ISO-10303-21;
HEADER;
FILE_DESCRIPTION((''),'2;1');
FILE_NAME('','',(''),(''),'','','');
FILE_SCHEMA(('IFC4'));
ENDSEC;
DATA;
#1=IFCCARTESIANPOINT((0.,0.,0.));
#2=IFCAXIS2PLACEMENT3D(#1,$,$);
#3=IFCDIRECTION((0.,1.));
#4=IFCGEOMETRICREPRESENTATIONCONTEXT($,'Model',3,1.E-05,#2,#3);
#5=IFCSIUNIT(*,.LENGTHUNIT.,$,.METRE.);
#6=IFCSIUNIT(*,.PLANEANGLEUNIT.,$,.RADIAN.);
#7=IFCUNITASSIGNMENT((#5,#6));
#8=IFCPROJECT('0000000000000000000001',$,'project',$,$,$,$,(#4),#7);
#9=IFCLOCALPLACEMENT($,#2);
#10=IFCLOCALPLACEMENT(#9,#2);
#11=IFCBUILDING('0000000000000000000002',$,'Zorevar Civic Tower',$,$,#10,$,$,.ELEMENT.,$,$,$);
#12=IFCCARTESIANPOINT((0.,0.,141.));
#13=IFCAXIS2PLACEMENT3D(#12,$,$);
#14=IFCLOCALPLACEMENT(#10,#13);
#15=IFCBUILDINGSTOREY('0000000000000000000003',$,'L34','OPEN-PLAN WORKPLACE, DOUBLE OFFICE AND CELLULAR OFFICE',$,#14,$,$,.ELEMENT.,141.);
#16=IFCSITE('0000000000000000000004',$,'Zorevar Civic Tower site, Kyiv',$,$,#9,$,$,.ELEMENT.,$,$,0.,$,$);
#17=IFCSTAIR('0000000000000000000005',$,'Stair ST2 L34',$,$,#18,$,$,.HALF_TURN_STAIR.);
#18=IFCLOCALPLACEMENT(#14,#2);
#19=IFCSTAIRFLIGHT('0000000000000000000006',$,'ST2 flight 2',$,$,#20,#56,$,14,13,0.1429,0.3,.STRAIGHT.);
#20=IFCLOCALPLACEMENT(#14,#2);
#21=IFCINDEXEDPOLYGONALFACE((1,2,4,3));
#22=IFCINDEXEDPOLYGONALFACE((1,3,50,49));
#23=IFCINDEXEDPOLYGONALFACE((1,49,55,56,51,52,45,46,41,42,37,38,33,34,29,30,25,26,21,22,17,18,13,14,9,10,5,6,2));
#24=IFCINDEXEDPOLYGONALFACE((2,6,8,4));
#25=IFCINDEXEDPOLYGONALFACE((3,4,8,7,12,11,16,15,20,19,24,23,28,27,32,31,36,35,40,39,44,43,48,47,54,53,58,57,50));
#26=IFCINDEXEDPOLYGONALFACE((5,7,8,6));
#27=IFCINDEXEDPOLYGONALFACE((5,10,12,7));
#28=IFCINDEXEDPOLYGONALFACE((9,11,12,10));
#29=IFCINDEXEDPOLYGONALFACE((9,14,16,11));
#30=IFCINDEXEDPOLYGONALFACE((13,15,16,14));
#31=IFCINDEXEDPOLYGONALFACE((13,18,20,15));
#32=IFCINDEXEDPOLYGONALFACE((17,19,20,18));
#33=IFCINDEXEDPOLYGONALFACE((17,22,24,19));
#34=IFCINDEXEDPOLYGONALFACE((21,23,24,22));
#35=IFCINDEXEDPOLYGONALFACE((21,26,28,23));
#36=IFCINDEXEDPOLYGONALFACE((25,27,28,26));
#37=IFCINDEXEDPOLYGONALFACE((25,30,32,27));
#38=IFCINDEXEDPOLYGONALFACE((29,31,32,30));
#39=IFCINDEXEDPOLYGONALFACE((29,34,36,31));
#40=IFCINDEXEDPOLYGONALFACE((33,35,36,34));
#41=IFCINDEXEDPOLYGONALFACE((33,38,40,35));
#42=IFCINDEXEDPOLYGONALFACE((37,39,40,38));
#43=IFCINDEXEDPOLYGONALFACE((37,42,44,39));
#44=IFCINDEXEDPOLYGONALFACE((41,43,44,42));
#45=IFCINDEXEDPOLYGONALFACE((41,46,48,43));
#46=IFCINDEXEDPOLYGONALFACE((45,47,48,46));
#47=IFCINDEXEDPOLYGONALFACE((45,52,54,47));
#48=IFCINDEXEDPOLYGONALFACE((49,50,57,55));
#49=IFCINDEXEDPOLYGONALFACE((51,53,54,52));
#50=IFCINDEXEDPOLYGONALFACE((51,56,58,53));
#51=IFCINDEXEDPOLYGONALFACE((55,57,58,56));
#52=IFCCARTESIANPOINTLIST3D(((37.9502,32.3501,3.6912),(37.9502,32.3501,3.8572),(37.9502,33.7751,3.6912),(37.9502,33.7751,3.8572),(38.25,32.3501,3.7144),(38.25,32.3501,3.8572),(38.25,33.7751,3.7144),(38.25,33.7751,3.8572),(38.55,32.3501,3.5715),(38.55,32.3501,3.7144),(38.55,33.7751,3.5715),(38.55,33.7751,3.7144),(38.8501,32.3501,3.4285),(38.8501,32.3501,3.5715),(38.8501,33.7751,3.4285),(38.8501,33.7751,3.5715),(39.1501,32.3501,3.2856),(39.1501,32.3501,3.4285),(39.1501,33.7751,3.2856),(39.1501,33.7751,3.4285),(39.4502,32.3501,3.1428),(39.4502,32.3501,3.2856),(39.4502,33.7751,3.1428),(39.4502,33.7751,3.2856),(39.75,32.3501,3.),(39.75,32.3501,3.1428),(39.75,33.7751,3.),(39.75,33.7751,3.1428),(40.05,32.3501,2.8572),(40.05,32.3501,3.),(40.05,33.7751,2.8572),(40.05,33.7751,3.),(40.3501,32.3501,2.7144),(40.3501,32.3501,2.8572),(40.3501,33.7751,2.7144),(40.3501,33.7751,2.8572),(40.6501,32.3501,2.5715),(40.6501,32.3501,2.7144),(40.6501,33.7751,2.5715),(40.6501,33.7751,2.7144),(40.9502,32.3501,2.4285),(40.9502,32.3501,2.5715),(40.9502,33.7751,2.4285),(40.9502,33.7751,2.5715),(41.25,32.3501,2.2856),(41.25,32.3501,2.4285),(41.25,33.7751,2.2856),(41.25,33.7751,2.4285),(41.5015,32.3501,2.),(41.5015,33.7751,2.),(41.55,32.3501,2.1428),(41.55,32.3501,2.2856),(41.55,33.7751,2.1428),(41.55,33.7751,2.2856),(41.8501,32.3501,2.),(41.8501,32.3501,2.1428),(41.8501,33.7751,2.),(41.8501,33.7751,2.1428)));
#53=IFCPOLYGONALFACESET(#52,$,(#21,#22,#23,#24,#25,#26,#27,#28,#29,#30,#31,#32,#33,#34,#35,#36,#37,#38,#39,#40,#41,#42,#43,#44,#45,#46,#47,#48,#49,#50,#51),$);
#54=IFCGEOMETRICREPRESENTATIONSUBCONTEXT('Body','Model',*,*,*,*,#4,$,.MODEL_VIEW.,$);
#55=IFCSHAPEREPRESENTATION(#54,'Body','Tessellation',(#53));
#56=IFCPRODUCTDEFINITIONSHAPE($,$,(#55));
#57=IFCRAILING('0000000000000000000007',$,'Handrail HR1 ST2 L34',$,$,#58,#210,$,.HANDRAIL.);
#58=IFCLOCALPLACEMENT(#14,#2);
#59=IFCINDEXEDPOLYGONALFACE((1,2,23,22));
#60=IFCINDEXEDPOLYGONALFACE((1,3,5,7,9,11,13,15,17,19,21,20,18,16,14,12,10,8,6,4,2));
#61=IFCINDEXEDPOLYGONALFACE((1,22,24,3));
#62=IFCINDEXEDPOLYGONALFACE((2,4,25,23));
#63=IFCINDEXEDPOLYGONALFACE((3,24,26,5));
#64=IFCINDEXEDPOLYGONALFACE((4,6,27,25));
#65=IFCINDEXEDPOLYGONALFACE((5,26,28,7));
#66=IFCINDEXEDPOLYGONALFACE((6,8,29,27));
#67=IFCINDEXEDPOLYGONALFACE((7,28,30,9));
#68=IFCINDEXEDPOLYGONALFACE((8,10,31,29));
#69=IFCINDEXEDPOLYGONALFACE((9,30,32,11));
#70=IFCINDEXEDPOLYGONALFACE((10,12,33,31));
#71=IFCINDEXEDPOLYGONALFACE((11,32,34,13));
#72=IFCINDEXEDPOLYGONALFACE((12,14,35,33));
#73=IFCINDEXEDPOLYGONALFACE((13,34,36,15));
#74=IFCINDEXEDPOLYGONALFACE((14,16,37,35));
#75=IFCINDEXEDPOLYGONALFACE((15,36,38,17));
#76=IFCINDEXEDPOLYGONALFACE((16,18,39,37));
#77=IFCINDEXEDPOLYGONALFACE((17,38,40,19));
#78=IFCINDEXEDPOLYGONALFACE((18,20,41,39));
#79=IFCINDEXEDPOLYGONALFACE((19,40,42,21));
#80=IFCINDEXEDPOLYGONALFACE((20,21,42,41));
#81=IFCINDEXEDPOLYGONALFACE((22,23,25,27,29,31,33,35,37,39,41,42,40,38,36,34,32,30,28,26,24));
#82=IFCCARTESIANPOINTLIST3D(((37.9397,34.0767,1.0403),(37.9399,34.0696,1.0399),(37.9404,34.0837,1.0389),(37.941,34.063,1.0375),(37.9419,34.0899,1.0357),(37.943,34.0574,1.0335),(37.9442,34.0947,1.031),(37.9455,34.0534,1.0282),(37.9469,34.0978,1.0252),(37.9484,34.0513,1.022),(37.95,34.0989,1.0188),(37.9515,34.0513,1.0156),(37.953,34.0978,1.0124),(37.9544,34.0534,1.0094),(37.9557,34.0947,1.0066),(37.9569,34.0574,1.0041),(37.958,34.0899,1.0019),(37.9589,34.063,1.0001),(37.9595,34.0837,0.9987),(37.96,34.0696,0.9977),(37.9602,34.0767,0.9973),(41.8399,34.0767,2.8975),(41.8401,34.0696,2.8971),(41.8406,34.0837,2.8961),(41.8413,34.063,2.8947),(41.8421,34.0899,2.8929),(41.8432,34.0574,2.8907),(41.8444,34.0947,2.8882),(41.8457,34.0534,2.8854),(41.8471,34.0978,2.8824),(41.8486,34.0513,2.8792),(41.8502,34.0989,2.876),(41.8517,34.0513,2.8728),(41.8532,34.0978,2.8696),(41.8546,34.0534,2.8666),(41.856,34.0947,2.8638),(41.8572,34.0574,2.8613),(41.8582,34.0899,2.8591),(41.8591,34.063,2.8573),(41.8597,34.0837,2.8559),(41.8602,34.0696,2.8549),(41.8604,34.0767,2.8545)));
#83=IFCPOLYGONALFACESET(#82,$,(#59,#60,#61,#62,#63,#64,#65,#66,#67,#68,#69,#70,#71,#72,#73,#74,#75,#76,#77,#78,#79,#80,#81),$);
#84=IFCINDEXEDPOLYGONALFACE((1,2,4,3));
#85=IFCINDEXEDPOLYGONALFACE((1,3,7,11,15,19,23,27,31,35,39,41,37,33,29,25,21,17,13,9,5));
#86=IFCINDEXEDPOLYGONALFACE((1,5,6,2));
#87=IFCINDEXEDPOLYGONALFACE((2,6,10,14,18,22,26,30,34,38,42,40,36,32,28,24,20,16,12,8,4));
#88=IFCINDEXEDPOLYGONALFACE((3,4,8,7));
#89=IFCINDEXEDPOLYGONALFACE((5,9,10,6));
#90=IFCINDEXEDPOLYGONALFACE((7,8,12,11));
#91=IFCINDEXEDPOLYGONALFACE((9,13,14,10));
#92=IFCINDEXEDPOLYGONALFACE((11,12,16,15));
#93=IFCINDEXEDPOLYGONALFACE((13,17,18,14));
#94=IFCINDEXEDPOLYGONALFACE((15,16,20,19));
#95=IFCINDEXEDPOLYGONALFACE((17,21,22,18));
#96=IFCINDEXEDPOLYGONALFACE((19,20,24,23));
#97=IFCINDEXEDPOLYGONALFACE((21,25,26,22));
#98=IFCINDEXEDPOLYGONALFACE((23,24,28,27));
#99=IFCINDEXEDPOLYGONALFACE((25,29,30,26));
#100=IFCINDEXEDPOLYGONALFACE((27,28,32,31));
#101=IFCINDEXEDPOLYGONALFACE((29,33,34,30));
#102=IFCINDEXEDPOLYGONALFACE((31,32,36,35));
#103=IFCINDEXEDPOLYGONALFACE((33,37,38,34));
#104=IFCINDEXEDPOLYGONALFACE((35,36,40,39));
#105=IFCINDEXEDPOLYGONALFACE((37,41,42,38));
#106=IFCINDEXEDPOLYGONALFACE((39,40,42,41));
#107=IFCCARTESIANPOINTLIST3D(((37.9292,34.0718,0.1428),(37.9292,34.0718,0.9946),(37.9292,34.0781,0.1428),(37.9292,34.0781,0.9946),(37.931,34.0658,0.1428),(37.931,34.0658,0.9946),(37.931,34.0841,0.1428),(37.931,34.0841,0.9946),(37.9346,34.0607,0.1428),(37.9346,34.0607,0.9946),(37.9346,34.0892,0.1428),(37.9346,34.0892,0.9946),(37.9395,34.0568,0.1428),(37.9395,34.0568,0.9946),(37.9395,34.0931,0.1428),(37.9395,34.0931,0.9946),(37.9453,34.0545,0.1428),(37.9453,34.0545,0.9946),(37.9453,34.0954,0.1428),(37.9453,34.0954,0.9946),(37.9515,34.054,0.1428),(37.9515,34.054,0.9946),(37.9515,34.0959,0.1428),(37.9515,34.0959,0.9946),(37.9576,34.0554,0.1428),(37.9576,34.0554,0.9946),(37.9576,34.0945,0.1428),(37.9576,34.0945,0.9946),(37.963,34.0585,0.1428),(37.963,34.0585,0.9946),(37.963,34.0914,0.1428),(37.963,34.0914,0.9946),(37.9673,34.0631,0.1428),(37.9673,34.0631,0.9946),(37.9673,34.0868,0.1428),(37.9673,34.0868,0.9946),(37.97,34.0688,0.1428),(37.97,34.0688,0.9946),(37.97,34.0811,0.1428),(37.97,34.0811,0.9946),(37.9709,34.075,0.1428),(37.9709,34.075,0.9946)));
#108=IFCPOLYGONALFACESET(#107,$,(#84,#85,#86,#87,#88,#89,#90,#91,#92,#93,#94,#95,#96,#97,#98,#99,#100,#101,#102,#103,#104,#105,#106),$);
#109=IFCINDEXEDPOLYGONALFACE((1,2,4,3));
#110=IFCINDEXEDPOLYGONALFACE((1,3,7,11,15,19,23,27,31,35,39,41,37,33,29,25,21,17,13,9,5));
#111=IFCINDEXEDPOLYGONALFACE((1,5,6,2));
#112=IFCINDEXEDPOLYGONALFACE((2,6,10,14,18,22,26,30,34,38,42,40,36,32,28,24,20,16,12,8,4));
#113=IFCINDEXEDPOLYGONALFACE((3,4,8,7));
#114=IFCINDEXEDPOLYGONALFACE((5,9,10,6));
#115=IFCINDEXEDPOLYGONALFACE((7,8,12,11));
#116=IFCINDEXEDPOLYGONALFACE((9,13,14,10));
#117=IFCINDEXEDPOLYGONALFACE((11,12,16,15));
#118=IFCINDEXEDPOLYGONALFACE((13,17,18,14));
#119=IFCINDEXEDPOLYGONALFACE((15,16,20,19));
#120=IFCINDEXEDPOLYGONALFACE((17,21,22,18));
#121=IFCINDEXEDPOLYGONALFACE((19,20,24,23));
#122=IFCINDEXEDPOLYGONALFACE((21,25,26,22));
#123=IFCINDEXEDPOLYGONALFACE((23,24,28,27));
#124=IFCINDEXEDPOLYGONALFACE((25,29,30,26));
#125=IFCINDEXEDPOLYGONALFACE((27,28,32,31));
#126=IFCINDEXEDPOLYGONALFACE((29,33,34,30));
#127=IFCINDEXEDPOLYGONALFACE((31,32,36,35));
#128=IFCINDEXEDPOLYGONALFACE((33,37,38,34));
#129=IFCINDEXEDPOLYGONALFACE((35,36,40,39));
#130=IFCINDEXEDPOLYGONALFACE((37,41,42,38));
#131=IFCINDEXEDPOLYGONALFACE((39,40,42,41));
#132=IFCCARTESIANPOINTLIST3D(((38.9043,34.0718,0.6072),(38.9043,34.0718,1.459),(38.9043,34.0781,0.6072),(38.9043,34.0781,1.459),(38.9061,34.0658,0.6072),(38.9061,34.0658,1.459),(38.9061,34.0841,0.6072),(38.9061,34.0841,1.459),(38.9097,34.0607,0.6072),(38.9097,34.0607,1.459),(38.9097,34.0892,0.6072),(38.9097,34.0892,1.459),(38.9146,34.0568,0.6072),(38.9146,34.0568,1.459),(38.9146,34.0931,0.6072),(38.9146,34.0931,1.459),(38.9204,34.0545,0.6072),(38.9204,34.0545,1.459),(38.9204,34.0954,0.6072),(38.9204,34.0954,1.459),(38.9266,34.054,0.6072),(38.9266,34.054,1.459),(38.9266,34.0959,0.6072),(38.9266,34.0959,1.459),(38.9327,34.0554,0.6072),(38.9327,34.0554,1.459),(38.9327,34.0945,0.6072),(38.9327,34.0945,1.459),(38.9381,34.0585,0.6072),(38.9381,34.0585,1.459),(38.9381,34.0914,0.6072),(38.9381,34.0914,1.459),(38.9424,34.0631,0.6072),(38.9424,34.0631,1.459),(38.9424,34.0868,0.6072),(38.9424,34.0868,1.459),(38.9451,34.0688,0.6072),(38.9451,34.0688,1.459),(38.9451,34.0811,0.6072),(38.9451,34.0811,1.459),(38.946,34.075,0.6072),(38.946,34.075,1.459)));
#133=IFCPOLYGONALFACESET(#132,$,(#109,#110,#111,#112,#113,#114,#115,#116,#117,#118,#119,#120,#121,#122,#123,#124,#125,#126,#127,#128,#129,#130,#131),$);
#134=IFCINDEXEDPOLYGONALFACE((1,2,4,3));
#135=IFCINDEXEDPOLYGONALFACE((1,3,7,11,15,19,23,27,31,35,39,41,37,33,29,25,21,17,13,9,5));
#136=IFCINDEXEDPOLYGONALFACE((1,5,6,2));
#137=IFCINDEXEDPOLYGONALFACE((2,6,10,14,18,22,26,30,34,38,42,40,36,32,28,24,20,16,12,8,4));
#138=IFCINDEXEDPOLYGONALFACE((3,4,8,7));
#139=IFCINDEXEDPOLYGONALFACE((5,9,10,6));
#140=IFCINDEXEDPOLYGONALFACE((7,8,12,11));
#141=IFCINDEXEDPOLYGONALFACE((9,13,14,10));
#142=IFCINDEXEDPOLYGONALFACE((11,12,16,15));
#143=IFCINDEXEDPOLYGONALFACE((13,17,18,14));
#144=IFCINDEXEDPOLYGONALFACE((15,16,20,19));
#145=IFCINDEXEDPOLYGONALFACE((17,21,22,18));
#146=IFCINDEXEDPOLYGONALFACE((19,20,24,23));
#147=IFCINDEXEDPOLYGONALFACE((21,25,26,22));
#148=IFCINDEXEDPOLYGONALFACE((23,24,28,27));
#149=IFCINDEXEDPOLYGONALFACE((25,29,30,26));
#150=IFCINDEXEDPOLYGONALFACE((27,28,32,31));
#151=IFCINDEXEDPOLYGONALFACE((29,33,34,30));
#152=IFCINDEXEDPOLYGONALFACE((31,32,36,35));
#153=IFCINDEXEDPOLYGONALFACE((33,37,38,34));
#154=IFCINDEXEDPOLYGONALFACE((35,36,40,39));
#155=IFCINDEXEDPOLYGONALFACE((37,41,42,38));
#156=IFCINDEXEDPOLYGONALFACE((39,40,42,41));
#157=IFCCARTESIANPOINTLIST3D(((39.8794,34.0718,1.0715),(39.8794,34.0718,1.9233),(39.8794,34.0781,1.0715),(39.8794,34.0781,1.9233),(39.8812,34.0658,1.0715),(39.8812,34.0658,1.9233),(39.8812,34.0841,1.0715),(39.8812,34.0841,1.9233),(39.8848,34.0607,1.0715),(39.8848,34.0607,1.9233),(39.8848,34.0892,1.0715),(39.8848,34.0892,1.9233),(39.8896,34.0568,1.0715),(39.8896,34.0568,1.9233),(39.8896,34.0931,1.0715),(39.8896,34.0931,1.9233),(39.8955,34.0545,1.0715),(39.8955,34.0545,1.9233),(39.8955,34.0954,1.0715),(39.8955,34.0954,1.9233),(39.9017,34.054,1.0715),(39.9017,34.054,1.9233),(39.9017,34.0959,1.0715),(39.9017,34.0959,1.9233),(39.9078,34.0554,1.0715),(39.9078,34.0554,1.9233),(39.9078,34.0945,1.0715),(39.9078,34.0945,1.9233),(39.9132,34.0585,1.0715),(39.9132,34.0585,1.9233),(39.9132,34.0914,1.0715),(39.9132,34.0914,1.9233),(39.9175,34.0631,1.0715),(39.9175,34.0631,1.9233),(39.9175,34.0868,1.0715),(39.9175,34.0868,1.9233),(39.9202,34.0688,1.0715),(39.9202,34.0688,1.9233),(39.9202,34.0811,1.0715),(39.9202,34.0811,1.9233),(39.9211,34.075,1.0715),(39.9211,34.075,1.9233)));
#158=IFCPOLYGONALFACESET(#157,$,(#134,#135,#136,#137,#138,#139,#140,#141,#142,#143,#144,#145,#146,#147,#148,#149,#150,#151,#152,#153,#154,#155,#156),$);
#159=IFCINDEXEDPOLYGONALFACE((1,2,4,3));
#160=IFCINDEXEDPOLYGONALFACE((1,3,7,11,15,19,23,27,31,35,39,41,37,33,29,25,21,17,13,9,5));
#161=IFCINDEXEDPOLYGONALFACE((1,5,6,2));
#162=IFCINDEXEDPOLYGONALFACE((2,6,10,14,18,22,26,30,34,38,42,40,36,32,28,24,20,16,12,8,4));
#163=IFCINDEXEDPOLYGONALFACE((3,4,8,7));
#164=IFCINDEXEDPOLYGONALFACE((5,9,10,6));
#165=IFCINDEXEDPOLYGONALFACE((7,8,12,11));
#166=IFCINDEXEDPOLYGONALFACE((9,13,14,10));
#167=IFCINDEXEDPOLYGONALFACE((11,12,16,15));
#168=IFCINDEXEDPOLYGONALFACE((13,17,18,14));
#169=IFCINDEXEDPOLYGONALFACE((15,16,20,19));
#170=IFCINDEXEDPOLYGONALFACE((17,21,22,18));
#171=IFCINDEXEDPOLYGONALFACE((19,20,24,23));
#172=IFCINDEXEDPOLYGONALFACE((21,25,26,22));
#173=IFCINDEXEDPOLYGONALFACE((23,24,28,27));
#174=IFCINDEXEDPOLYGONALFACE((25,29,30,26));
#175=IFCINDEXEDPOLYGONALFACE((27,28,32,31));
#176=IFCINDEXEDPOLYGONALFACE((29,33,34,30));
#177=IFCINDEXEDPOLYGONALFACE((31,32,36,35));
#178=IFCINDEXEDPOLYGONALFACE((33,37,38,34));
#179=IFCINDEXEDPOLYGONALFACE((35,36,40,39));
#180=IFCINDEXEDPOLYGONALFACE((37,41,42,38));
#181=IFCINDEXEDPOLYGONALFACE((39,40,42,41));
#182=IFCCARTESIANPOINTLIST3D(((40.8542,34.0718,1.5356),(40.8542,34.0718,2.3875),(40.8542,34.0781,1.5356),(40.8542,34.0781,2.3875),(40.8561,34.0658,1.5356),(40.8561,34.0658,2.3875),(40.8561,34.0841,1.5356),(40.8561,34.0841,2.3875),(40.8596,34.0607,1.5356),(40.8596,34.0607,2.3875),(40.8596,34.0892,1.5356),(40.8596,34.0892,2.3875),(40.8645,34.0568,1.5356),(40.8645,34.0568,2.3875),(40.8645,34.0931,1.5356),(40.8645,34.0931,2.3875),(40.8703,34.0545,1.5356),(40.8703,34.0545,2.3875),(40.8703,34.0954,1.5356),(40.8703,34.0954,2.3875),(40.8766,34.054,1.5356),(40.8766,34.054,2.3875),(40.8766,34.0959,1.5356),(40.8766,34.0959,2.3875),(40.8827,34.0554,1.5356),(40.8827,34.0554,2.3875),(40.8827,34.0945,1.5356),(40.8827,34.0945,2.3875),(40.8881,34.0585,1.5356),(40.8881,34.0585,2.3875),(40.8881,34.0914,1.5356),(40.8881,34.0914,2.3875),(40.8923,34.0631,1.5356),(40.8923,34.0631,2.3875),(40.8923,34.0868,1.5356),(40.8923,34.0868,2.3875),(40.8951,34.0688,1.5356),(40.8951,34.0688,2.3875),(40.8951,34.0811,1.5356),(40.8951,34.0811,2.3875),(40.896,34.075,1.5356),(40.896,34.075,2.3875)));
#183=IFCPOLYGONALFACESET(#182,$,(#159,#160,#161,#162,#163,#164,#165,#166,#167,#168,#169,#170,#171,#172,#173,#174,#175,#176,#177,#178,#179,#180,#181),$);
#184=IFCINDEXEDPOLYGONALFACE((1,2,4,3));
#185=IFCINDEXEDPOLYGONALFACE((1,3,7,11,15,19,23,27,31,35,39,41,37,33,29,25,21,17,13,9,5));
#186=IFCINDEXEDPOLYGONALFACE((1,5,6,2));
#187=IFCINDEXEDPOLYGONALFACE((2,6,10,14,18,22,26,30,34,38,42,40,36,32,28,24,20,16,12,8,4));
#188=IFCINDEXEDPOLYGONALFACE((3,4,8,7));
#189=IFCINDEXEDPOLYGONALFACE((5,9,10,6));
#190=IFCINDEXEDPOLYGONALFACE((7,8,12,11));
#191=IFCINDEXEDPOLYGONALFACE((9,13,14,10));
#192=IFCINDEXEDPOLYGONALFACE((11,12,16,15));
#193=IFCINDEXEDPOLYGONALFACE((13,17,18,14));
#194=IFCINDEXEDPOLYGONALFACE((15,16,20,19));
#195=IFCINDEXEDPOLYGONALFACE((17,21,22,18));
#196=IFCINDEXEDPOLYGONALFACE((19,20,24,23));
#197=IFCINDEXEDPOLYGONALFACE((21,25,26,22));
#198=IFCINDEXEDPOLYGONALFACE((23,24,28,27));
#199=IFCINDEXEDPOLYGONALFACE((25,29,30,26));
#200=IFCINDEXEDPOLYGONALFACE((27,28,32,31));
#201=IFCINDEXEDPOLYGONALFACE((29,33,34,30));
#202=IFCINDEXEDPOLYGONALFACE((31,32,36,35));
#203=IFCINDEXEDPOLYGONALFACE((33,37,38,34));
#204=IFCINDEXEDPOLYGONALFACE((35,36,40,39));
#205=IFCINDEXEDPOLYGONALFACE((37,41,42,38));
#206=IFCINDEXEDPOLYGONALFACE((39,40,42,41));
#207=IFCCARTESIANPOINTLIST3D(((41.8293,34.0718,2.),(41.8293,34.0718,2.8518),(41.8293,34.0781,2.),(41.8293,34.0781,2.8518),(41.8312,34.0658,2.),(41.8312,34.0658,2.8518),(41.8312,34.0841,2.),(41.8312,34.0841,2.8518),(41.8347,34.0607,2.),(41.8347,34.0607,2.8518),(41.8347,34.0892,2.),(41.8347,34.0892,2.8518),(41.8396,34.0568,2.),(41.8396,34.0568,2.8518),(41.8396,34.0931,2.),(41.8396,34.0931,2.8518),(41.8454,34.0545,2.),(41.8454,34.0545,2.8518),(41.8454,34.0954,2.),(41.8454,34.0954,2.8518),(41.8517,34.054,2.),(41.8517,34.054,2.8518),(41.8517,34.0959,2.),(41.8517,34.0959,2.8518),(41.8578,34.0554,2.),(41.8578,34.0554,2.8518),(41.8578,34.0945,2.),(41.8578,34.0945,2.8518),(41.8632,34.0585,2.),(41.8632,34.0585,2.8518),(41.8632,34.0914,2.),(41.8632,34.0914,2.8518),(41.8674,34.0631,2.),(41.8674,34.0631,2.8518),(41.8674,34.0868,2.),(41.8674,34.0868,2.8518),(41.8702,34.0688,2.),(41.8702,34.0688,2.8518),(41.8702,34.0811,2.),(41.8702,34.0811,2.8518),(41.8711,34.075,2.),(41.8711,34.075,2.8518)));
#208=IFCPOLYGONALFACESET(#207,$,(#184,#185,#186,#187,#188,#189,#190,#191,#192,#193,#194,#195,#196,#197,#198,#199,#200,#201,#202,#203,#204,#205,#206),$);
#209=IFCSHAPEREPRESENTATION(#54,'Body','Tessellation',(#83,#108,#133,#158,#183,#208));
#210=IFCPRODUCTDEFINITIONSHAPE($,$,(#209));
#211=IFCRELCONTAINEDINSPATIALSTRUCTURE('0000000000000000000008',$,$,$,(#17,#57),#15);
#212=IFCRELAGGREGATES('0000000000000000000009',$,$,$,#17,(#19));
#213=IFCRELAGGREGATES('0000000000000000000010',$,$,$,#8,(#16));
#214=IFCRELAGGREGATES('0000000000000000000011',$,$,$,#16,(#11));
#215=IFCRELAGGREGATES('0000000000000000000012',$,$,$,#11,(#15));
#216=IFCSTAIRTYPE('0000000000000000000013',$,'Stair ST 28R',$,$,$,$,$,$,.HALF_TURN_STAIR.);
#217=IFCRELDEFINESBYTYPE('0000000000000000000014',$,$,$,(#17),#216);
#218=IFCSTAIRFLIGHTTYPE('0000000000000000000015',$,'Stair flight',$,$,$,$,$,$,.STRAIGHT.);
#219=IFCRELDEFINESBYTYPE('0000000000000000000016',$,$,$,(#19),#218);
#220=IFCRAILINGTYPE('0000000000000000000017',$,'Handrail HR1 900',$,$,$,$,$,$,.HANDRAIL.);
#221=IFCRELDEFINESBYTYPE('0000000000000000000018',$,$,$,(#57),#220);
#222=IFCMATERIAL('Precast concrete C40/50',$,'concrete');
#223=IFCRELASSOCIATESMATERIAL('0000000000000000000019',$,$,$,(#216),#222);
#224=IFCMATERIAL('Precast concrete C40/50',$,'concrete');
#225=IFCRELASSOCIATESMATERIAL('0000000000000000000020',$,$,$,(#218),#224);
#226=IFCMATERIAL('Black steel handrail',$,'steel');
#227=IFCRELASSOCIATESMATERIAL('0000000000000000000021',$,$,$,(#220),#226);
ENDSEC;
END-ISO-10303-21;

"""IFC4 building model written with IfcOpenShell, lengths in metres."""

from ifc_helpers import new_model, si_unit, direction, frame, origin, origin_2d, place, context, subcontext, project, spatial, polyline, circle, outline, extrude, material, type_object, element, aggregate, save


model = new_model("IFC4")

# Units and contexts
model_context = context("Model", 3, precision=1e-05, world=origin(), true_north=direction((0.0, 1.0)))
body_context = subcontext(model_context, "Body", "Model", "MODEL_VIEW")
ifc_project = project(units=[si_unit("LENGTHUNIT", "METRE"), si_unit("PLANEANGLEUNIT", "RADIAN")], contexts=[model_context])

# Site, building, storey
site_placement = place(None, origin())
site = spatial("IfcSite", under=ifc_project, at=site_placement, Name="Zorevar Civic Tower site, Kyiv", CompositionType="ELEMENT", RefElevation=0.0)
building_placement = place(site_placement, origin())
building = spatial("IfcBuilding", under=site, at=building_placement, Name="Zorevar Civic Tower", CompositionType="ELEMENT")
storey_placement = place(building_placement, frame((0.0, 0.0, 141.0)))
storey = spatial("IfcBuildingStorey", under=building, at=storey_placement, Name="L34", Description="OPEN-PLAN WORKPLACE, DOUBLE OFFICE AND CELLULAR OFFICE", CompositionType="ELEMENT", Elevation=141.0)

# Stair, stair flight
ifc_material_1 = material(Name="Precast concrete C40/50", Category="concrete")
stair_type = type_object("IfcStairType", Name="Stair ST 28R", PredefinedType="HALF_TURN_STAIR", material=ifc_material_1)
stair_placement = place(storey_placement, origin())
stair = element("IfcStair", 1, at=stair_placement, inside=storey, type_object=stair_type, Name="Stair ST2 L34", PredefinedType="HALF_TURN_STAIR")
ifc_material_2 = material(Name="Precast concrete C40/50", Category="concrete")
stair_flight_type = type_object("IfcStairFlightType", Name="Stair flight", PredefinedType="STRAIGHT", material=ifc_material_2)
stair_flight_1_placement = place(storey_placement, frame((41.8501, 33.0625, 2.0), z_axis=(0.0, 0.0, 1.0), x_axis=(-1.0, 0.0, 0.0)))
stair_flight_1 = element("IfcStairFlight", 2, at=stair_flight_1_placement, type_object=stair_flight_type, Name="ST2 flight 2", NumberOfRisers=14, NumberOfTreads=13, PredefinedType="STRAIGHT", RiserHeight=0.1429, TreadLength=0.3, context=body_context, shape_type="SweptSolid", body=[
    extrude(outline(polyline([(0.0, 0.0), (0.0, 0.1428), (0.3, 0.1428), (0.3, 0.2856), (0.6001, 0.2856), (0.6001, 0.4285), (0.8999, 0.4285), (0.8999, 0.5715), (1.2, 0.5715), (1.2, 0.7144), (1.5, 0.7144), (1.5, 0.8572), (1.8, 0.8572), (1.8, 1.0), (2.1001, 1.0), (2.1001, 1.1428), (2.3999, 1.1428), (2.3999, 1.2856), (2.7, 1.2856), (2.7, 1.4285), (3.0, 1.4285), (3.0, 1.5715), (3.3, 1.5715), (3.3, 1.7144), (3.6001, 1.7144), (3.6001, 1.8572), (3.8999, 1.8572), (3.8999, 2.0), (3.8999, 1.6912), (0.3486, 0.0), (0.0, 0.0)])), frame((0.0, 0.7124, 0.0), z_axis=(0.0, -1.0, 0.0), x_axis=(1.0, 0.0, 0.0)), (0.0, 0.0, 1.0), 1.425),
])
aggregate(stair, [stair_flight_1])

# Railing
ifc_material_3 = material(Name="Black steel handrail", Category="steel")
railing_type = type_object("IfcRailingType", Name="Handrail HR1 900", PredefinedType="HANDRAIL", material=ifc_material_3)
railing_1_placement = place(storey_placement, frame((37.95, 34.075, 0.1428)))
element("IfcRailing", 3, at=railing_1_placement, inside=storey, type_object=railing_type, Name="Handrail HR1 ST2 L34", PredefinedType="HANDRAIL", context=body_context, shape_type="SweptSolid", body=[
    extrude(circle(Radius=0.0239, at=origin_2d()), frame((0.0, 0.0, 0.876), z_axis=(0.902864, 0.0, 0.429927), x_axis=(0.0, 1.0, 0.0)), (0.0, 0.0, 1.0), 4.3198),
    extrude(circle(Radius=0.021, at=origin_2d()), origin(), (0.0, 0.0, 1.0), 0.8518),
    extrude(circle(Radius=0.021, at=origin_2d()), frame((0.9751, 0.0, 0.4644)), (0.0, 0.0, 1.0), 0.8518),
    extrude(circle(Radius=0.021, at=origin_2d()), frame((1.9502, 0.0, 0.9287)), (0.0, 0.0, 1.0), 0.8518),
    extrude(circle(Radius=0.021, at=origin_2d()), frame((2.925, 0.0, 1.3928)), (0.0, 0.0, 1.0), 0.8518),
    extrude(circle(Radius=0.021, at=origin_2d()), frame((3.9001, 0.0, 1.8572)), (0.0, 0.0, 1.0), 0.8518),
])

save(model, "model.ifc")
